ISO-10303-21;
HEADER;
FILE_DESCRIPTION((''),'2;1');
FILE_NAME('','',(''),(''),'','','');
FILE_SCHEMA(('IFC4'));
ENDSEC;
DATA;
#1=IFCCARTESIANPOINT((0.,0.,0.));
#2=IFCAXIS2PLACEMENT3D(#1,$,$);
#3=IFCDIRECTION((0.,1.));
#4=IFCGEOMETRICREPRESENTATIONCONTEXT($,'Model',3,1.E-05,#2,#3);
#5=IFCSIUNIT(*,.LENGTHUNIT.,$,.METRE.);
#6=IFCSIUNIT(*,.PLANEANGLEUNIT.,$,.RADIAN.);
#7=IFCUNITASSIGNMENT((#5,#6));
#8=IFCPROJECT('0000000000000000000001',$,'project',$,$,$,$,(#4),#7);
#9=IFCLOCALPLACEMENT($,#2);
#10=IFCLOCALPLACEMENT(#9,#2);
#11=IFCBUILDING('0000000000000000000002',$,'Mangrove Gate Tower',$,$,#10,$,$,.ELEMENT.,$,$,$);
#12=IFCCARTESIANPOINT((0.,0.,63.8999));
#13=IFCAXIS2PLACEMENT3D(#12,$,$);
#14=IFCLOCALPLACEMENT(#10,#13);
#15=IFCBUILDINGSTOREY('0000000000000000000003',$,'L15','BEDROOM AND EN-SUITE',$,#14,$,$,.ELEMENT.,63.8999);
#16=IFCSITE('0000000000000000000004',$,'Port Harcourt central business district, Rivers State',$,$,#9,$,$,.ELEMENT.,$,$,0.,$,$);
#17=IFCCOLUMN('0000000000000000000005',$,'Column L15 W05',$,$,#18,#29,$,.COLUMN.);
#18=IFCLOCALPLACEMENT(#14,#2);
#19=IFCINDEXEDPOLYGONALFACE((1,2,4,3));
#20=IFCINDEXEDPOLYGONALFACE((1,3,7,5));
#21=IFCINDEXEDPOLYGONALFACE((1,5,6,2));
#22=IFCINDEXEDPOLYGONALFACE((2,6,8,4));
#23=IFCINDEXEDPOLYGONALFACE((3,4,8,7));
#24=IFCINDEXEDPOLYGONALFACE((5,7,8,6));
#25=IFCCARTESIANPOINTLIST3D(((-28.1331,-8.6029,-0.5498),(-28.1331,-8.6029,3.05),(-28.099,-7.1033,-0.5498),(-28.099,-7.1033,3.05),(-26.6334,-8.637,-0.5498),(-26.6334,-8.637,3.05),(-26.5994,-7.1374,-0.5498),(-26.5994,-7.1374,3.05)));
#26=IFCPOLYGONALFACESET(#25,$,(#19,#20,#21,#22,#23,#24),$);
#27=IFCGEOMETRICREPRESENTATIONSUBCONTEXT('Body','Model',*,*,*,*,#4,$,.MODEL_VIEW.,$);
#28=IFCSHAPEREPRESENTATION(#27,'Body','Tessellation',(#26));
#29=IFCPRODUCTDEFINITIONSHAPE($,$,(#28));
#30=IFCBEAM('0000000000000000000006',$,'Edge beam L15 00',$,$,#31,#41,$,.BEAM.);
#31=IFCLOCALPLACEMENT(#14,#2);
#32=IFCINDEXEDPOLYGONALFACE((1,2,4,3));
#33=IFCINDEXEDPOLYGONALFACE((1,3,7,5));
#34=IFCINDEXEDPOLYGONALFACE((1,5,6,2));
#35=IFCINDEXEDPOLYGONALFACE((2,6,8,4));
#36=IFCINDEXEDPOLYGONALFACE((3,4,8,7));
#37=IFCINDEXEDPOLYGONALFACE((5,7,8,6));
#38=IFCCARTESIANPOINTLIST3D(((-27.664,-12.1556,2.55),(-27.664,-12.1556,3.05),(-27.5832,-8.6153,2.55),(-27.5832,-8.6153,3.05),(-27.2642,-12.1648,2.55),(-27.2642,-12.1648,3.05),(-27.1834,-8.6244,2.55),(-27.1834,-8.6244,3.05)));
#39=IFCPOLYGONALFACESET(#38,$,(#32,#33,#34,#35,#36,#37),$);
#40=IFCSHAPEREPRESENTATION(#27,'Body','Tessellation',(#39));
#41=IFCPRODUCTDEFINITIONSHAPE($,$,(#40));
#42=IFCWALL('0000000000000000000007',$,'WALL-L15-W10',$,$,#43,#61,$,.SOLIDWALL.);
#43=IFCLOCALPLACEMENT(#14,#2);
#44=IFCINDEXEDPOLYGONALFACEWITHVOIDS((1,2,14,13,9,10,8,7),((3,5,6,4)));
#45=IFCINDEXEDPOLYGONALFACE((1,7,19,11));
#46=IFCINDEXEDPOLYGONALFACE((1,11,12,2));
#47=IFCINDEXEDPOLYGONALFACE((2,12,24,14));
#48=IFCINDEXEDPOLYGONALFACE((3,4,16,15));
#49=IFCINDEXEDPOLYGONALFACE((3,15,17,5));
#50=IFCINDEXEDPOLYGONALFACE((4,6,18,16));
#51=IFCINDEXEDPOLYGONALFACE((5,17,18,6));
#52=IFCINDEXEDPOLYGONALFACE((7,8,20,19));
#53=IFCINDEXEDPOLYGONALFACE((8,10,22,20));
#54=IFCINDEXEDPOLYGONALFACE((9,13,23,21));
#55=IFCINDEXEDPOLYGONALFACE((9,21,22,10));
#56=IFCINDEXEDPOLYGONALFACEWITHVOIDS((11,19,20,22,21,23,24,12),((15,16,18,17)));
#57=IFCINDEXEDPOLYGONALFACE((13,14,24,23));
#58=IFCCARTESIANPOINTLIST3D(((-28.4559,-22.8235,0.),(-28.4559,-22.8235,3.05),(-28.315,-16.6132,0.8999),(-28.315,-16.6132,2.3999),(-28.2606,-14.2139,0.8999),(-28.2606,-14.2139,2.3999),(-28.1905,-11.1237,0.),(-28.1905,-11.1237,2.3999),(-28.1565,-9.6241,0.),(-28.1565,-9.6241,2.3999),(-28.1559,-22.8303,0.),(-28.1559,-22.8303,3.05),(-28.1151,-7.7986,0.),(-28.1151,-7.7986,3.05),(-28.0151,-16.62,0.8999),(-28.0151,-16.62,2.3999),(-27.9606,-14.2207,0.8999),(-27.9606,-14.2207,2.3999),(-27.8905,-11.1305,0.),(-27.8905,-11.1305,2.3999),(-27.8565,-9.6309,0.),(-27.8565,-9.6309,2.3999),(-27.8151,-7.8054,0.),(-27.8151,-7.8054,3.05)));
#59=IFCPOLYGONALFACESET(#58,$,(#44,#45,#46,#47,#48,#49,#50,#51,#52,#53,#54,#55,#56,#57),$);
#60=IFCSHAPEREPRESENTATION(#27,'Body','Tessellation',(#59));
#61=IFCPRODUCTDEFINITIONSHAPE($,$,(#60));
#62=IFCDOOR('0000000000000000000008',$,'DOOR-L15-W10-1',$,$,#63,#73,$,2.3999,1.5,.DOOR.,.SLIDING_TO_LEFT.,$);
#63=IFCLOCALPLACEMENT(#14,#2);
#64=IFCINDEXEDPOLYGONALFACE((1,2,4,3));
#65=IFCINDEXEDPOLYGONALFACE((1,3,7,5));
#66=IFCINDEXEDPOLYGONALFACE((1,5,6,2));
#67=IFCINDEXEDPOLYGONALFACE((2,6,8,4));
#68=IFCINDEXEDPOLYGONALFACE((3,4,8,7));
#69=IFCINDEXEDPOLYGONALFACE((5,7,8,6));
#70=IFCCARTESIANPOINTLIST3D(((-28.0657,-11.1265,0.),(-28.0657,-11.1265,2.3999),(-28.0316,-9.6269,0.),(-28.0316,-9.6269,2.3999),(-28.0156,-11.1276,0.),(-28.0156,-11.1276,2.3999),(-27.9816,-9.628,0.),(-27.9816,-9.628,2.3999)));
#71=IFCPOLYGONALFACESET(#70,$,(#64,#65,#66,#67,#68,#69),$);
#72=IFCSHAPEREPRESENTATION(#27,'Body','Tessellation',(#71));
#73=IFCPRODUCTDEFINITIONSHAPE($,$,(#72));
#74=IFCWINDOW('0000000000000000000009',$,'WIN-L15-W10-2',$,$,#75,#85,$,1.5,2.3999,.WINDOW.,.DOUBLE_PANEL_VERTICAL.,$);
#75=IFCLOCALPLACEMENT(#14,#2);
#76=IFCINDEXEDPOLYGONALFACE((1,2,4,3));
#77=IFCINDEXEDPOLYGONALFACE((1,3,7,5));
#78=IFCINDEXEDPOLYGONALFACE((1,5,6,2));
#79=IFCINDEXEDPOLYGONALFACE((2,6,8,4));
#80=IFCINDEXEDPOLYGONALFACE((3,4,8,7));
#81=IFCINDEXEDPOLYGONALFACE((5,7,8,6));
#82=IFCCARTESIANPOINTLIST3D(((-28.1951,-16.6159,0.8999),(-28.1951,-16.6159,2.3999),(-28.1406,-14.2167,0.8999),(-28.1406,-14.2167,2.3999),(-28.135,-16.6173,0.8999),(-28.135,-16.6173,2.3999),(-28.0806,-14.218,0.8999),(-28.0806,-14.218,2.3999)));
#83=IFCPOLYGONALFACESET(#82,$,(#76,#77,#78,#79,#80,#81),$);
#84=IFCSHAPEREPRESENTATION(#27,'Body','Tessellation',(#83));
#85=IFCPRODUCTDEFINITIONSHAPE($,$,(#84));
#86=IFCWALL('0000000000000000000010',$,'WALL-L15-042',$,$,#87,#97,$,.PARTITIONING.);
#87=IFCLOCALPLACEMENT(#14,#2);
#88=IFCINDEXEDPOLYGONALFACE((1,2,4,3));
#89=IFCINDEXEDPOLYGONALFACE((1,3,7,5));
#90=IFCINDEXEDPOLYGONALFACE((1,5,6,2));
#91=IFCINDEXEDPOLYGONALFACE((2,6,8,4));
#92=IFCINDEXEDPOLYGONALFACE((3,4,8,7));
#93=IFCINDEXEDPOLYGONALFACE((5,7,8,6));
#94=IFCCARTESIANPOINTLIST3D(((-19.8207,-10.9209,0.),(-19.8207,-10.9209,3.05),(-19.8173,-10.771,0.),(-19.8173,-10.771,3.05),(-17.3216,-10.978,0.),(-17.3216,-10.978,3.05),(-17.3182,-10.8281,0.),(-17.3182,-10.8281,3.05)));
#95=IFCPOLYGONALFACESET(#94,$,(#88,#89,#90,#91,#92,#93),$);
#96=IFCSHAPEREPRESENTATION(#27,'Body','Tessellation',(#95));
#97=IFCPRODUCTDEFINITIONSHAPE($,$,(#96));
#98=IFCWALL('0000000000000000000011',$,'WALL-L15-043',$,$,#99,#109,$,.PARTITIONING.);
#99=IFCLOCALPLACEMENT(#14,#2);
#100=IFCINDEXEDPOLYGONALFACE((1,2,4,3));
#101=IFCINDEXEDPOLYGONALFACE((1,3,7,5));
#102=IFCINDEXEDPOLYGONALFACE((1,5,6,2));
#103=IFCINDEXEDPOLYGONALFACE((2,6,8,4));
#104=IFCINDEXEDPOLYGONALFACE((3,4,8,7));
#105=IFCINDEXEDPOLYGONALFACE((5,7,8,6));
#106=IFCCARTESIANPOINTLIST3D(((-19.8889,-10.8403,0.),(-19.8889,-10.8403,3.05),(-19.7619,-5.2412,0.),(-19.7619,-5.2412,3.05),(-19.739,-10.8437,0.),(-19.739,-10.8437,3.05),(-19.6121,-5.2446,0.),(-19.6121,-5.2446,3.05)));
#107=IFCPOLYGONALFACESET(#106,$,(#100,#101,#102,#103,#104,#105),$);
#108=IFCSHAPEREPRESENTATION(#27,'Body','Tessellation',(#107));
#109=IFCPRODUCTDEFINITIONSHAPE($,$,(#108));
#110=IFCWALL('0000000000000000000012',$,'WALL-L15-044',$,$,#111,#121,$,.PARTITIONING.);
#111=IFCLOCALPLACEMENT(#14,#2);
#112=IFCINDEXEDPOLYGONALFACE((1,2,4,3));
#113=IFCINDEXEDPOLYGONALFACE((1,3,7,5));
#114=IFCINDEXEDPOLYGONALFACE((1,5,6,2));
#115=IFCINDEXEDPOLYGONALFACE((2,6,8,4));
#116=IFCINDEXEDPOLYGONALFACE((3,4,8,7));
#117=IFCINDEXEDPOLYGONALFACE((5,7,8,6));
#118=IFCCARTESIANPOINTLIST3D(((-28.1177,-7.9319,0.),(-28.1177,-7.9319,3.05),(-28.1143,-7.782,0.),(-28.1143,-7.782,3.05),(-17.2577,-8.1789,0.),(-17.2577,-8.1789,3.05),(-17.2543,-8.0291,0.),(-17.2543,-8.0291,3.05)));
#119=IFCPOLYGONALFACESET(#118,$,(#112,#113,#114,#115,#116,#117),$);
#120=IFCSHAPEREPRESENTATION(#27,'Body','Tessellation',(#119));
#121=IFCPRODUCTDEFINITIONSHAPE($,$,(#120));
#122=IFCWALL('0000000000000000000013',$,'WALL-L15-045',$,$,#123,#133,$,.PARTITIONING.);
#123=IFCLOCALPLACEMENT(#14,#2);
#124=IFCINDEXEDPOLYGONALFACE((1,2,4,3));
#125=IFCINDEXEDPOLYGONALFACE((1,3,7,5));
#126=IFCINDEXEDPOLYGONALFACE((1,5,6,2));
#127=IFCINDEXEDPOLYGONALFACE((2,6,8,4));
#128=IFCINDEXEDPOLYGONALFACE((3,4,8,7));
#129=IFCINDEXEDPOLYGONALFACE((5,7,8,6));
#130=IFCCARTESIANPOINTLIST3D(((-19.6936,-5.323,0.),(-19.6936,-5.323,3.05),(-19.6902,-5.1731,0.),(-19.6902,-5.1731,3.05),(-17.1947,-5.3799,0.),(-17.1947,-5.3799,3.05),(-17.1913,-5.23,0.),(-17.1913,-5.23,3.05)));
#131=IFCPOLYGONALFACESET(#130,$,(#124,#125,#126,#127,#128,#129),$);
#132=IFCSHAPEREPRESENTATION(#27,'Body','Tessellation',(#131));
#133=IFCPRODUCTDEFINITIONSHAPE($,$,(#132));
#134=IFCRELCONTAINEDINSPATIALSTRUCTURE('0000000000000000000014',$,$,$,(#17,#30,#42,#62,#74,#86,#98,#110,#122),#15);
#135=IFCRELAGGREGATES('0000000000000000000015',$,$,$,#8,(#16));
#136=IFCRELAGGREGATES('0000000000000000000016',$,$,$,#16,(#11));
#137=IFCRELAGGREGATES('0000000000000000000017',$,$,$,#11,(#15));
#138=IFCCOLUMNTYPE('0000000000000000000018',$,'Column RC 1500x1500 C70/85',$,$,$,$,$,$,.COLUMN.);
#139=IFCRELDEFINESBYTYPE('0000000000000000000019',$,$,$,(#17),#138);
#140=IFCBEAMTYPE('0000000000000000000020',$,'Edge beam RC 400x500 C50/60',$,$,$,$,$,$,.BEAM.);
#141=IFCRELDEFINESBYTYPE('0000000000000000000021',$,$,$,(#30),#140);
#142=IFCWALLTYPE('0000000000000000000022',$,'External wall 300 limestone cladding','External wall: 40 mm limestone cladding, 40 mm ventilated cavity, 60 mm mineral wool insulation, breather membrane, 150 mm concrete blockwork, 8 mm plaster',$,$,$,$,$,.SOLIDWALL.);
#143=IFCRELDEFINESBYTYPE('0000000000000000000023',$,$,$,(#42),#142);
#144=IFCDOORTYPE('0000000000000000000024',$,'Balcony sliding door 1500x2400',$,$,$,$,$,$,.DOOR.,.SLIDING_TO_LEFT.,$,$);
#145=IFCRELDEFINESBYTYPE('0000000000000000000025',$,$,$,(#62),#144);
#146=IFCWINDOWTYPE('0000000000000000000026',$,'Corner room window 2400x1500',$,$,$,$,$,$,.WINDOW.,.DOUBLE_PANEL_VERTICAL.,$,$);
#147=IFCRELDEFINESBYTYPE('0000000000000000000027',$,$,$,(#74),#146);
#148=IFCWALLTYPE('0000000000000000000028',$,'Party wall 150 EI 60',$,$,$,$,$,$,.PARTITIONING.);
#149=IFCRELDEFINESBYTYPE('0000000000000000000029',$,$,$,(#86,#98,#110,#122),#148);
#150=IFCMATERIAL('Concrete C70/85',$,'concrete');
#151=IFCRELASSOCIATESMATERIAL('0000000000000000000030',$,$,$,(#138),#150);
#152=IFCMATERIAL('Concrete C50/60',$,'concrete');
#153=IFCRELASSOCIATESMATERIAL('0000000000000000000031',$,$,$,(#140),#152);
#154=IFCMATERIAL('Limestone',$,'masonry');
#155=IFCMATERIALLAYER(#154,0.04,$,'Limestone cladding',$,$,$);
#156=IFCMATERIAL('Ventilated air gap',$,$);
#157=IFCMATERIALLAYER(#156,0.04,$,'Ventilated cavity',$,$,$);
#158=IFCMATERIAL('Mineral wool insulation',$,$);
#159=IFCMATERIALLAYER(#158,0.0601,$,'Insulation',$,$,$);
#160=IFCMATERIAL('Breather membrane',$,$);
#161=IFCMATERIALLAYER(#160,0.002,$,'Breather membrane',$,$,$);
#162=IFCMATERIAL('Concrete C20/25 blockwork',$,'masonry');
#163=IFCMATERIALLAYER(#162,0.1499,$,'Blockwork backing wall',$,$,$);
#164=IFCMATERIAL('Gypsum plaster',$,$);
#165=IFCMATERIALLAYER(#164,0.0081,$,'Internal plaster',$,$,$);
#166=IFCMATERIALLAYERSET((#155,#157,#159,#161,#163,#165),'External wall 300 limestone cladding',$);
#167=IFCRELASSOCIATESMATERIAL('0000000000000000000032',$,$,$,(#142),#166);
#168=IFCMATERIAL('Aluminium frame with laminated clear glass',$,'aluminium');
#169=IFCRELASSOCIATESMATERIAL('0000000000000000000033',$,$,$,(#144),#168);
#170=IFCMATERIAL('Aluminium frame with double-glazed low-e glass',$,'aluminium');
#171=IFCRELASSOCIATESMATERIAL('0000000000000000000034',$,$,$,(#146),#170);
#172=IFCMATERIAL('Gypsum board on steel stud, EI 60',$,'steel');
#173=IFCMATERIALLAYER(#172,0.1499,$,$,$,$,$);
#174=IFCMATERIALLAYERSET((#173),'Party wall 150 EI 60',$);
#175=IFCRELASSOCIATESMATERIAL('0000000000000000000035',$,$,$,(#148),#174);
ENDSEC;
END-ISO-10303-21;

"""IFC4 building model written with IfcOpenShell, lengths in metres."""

from ifc_helpers import new_model, si_unit, direction, frame, frame_2d, origin, origin_2d, place, context, subcontext, project, spatial, rectangle, extrude, material, layer, layer_set, material_profile, profile_set, type_object, element, fill, save


model = new_model("IFC4")

# Units and contexts
model_context = context("Model", 3, precision=1e-05, world=origin(), true_north=direction((0.0, 1.0)))
body_context = subcontext(model_context, "Body", "Model", "MODEL_VIEW")
ifc_project = project(units=[si_unit("LENGTHUNIT", "METRE"), si_unit("PLANEANGLEUNIT", "RADIAN")], contexts=[model_context])

# Site, building, storey
site_placement = place(None, origin())
site = spatial("IfcSite", under=ifc_project, at=site_placement, Name="Port Harcourt central business district, Rivers State", CompositionType="ELEMENT", RefElevation=0.0)
building_placement = place(site_placement, origin())
building = spatial("IfcBuilding", under=site, at=building_placement, Name="Mangrove Gate Tower", CompositionType="ELEMENT")
storey_placement = place(building_placement, frame((0.0, 0.0, 63.8999)))
storey = spatial("IfcBuildingStorey", under=building, at=storey_placement, Name="L15", Description="BEDROOM AND EN-SUITE", CompositionType="ELEMENT", Elevation=63.8999)

# Column
ifc_material_1 = material(Name="Concrete C70/85", Category="concrete")
ifc_material_profile_1 = material_profile(ifc_material_1, rectangle(XDim=1.5, YDim=1.5, at=origin_2d()))
ifc_profile_set_1 = profile_set([ifc_material_profile_1], Name="Concrete C70/85")
column_type = type_object("IfcColumnType", Name="Column RC 1500x1500 C70/85", PredefinedType="COLUMN", material=ifc_profile_set_1)
column_placement = place(storey_placement, frame((-27.3662, -7.8701, -0.5498), z_axis=(0.0, 0.0, 1.0), x_axis=(-0.022723, -0.999742, 0.0)))
element("IfcColumn", 1, at=column_placement, inside=storey, type_object=column_type, Name="Column L15 W05", PredefinedType="COLUMN", context=body_context, shape_type="SweptSolid", body=[
    extrude(rectangle(XDim=1.5, YDim=1.5, at=origin_2d()), origin(), (0.0, 0.0, 1.0), 3.5999),
])

# Beam
ifc_material_2 = material(Name="Concrete C50/60", Category="concrete")
ifc_material_profile_2 = material_profile(ifc_material_2, rectangle(XDim=0.3999, YDim=0.5, at=origin_2d()))
ifc_profile_set_2 = profile_set([ifc_material_profile_2], Name="Concrete C50/60")
beam_type = type_object("IfcBeamType", Name="Edge beam RC 400x500 C50/60", PredefinedType="BEAM", material=ifc_profile_set_2)
beam_placement = place(storey_placement, frame((-27.3833, -8.6199, 2.8), z_axis=(-0.02282, -0.99974, 0.0), x_axis=(0.99974, -0.02282, 0.0)))
element("IfcBeam", 2, at=beam_placement, inside=storey, type_object=beam_type, Name="Edge beam L15 00", PredefinedType="BEAM", context=body_context, shape_type="SweptSolid", body=[
    extrude(rectangle(XDim=0.3999, YDim=0.5, at=origin_2d()), origin(), (0.0, 0.0, 1.0), 3.5413),
])

# Wall, openings, door, window
ifc_material_3 = material(Name="Limestone", Category="masonry")
ifc_layer_1 = layer(ifc_material_3, 0.04, Name="Limestone cladding")
ifc_material_4 = material(Name="Ventilated air gap")
ifc_layer_2 = layer(ifc_material_4, 0.04, Name="Ventilated cavity")
ifc_material_5 = material(Name="Mineral wool insulation")
ifc_layer_3 = layer(ifc_material_5, 0.0601, Name="Insulation")
ifc_material_6 = material(Name="Breather membrane")
ifc_layer_4 = layer(ifc_material_6, 0.002, Name="Breather membrane")
ifc_material_7 = material(Name="Concrete C20/25 blockwork", Category="masonry")
ifc_layer_5 = layer(ifc_material_7, 0.1499, Name="Blockwork backing wall")
ifc_material_8 = material(Name="Gypsum plaster")
ifc_layer_6 = layer(ifc_material_8, 0.0081, Name="Internal plaster")
ifc_layer_set_1 = layer_set([ifc_layer_1, ifc_layer_2, ifc_layer_3, ifc_layer_4, ifc_layer_5, ifc_layer_6], Name="External wall 300 limestone cladding")
wall_type_1 = type_object("IfcWallType", Name="External wall 300 limestone cladding", Description="External wall: 40 mm limestone cladding, 40 mm ventilated cavity, 60 mm mineral wool insulation, breather membrane, 150 mm concrete blockwork, 8 mm plaster", PredefinedType="SOLIDWALL", material=ifc_layer_set_1)
wall_1_placement = place(storey_placement, frame((-27.9651, -7.802, 0.0), z_axis=(0.0, 0.0, 1.0), x_axis=(-0.022678, -0.999743, 0.0)))
wall_1 = element("IfcWall", 3, at=wall_1_placement, inside=storey, type_object=wall_type_1, Name="WALL-L15-W10", PredefinedType="SOLIDWALL", context=body_context, shape_type="SweptSolid", body=[
    extrude(rectangle(XDim=15.0288, YDim=0.3, at=frame_2d((7.5144, 0.0))), origin(), (0.0, 0.0, 1.0), 3.05),
])
opening_1_placement = place(wall_1_placement, frame((1.8259, 0.0, 0.0)))
opening_1 = element("IfcOpeningElement", 4, at=opening_1_placement, cuts=wall_1, PredefinedType="OPENING", context=body_context, shape_type="SweptSolid", body=[
    extrude(rectangle(XDim=1.5, YDim=2.3999, at=frame_2d((0.75, 1.2))), frame((0.0, 0.1599, 0.0), z_axis=(0.0, -1.0, 0.0), x_axis=(1.0, 0.0, 0.0)), (0.0, 0.0, 1.0), 0.3201),
])
opening_2_placement = place(wall_1_placement, frame((6.417, 0.0, 0.8999)))
opening_2 = element("IfcOpeningElement", 5, at=opening_2_placement, cuts=wall_1, PredefinedType="OPENING", context=body_context, shape_type="SweptSolid", body=[
    extrude(rectangle(XDim=2.3999, YDim=1.5, at=frame_2d((1.2, 0.75))), frame((0.0, 0.1599, 0.0), z_axis=(0.0, -1.0, 0.0), x_axis=(1.0, 0.0, 0.0)), (0.0, 0.0, 1.0), 0.3201),
])
ifc_material_9 = material(Name="Aluminium frame with laminated clear glass", Category="aluminium")
door_type = type_object("IfcDoorType", Name="Balcony sliding door 1500x2400", OperationType="SLIDING_TO_LEFT", PredefinedType="DOOR", material=ifc_material_9)
door_placement = place(opening_1_placement, origin())
door = element("IfcDoor", 6, at=door_placement, inside=storey, type_object=door_type, Name="DOOR-L15-W10-1", OperationType="SLIDING_TO_LEFT", OverallHeight=2.3999, OverallWidth=1.5, PredefinedType="DOOR", context=body_context, shape_type="SweptSolid", body=[
    extrude(rectangle(XDim=1.5, YDim=2.3999, at=frame_2d((0.75, 1.2))), frame((0.0, 0.0249, 0.0), z_axis=(0.0, -1.0, 0.0), x_axis=(1.0, 0.0, 0.0)), (0.0, 0.0, 1.0), 0.05),
])
fill(opening_1, door)
ifc_material_10 = material(Name="Aluminium frame with double-glazed low-e glass", Category="aluminium")
window_type = type_object("IfcWindowType", Name="Corner room window 2400x1500", PartitioningType="DOUBLE_PANEL_VERTICAL", PredefinedType="WINDOW", material=ifc_material_10)
window_placement = place(opening_2_placement, origin())
window = element("IfcWindow", 7, at=window_placement, inside=storey, type_object=window_type, Name="WIN-L15-W10-2", OverallHeight=1.5, OverallWidth=2.3999, PartitioningType="DOUBLE_PANEL_VERTICAL", PredefinedType="WINDOW", context=body_context, shape_type="SweptSolid", body=[
    extrude(rectangle(XDim=2.3999, YDim=1.5, at=frame_2d((1.2, 0.75))), frame((0.0, 0.03, 0.0), z_axis=(0.0, -1.0, 0.0), x_axis=(1.0, 0.0, 0.0)), (0.0, 0.0, 1.0), 0.0601),
])
fill(opening_2, window)

# Walls
ifc_material_11 = material(Name="Gypsum board on steel stud, EI 60", Category="steel")
ifc_layer_7 = layer(ifc_material_11, 0.1499)
ifc_layer_set_2 = layer_set([ifc_layer_7], Name="Party wall 150 EI 60")
wall_type_2 = type_object("IfcWallType", Name="Party wall 150 EI 60", PredefinedType="PARTITIONING", material=ifc_layer_set_2)
wall_2_placement = place(storey_placement, frame((-19.8191, -10.8459, 0.0), z_axis=(0.0, 0.0, 1.0), x_axis=(0.999739, -0.022855, 0.0)))
element("IfcWall", 8, at=wall_2_placement, inside=storey, type_object=wall_type_2, Name="WALL-L15-042", PredefinedType="PARTITIONING", context=body_context, shape_type="SweptSolid", body=[
    extrude(rectangle(XDim=2.4998, YDim=0.1499, at=frame_2d((1.25, 0.0))), origin(), (0.0, 0.0, 1.0), 3.05),
])
wall_3_placement = place(storey_placement, frame((-19.814, -10.842, 0.0), z_axis=(0.0, 0.0, 1.0), x_axis=(0.022668, 0.999743, 0.0)))
element("IfcWall", 9, at=wall_3_placement, inside=storey, type_object=wall_type_2, Name="WALL-L15-043", PredefinedType="PARTITIONING", context=body_context, shape_type="SweptSolid", body=[
    extrude(rectangle(XDim=5.6006, YDim=0.1499, at=frame_2d((2.8003, 0.0))), origin(), (0.0, 0.0, 1.0), 3.05),
])
wall_4_placement = place(storey_placement, frame((-28.116, -7.8569, 0.0), z_axis=(0.0, 0.0, 1.0), x_axis=(0.999741, -0.022745, 0.0)))
element("IfcWall", 10, at=wall_4_placement, inside=storey, type_object=wall_type_2, Name="WALL-L15-044", PredefinedType="PARTITIONING", context=body_context, shape_type="SweptSolid", body=[
    extrude(rectangle(XDim=10.8628, YDim=0.1499, at=frame_2d((5.4314, 0.0))), origin(), (0.0, 0.0, 1.0), 3.05),
])
wall_5_placement = place(storey_placement, frame((-19.6919, -5.248, 0.0), z_axis=(0.0, 0.0, 1.0), x_axis=(0.999741, -0.022759, 0.0)))
element("IfcWall", 11, at=wall_5_placement, inside=storey, type_object=wall_type_2, Name="WALL-L15-045", PredefinedType="PARTITIONING", context=body_context, shape_type="SweptSolid", body=[
    extrude(rectangle(XDim=2.4995, YDim=0.1499, at=frame_2d((1.2498, 0.0))), origin(), (0.0, 0.0, 1.0), 3.05),
])

save(model, "model.ifc")
